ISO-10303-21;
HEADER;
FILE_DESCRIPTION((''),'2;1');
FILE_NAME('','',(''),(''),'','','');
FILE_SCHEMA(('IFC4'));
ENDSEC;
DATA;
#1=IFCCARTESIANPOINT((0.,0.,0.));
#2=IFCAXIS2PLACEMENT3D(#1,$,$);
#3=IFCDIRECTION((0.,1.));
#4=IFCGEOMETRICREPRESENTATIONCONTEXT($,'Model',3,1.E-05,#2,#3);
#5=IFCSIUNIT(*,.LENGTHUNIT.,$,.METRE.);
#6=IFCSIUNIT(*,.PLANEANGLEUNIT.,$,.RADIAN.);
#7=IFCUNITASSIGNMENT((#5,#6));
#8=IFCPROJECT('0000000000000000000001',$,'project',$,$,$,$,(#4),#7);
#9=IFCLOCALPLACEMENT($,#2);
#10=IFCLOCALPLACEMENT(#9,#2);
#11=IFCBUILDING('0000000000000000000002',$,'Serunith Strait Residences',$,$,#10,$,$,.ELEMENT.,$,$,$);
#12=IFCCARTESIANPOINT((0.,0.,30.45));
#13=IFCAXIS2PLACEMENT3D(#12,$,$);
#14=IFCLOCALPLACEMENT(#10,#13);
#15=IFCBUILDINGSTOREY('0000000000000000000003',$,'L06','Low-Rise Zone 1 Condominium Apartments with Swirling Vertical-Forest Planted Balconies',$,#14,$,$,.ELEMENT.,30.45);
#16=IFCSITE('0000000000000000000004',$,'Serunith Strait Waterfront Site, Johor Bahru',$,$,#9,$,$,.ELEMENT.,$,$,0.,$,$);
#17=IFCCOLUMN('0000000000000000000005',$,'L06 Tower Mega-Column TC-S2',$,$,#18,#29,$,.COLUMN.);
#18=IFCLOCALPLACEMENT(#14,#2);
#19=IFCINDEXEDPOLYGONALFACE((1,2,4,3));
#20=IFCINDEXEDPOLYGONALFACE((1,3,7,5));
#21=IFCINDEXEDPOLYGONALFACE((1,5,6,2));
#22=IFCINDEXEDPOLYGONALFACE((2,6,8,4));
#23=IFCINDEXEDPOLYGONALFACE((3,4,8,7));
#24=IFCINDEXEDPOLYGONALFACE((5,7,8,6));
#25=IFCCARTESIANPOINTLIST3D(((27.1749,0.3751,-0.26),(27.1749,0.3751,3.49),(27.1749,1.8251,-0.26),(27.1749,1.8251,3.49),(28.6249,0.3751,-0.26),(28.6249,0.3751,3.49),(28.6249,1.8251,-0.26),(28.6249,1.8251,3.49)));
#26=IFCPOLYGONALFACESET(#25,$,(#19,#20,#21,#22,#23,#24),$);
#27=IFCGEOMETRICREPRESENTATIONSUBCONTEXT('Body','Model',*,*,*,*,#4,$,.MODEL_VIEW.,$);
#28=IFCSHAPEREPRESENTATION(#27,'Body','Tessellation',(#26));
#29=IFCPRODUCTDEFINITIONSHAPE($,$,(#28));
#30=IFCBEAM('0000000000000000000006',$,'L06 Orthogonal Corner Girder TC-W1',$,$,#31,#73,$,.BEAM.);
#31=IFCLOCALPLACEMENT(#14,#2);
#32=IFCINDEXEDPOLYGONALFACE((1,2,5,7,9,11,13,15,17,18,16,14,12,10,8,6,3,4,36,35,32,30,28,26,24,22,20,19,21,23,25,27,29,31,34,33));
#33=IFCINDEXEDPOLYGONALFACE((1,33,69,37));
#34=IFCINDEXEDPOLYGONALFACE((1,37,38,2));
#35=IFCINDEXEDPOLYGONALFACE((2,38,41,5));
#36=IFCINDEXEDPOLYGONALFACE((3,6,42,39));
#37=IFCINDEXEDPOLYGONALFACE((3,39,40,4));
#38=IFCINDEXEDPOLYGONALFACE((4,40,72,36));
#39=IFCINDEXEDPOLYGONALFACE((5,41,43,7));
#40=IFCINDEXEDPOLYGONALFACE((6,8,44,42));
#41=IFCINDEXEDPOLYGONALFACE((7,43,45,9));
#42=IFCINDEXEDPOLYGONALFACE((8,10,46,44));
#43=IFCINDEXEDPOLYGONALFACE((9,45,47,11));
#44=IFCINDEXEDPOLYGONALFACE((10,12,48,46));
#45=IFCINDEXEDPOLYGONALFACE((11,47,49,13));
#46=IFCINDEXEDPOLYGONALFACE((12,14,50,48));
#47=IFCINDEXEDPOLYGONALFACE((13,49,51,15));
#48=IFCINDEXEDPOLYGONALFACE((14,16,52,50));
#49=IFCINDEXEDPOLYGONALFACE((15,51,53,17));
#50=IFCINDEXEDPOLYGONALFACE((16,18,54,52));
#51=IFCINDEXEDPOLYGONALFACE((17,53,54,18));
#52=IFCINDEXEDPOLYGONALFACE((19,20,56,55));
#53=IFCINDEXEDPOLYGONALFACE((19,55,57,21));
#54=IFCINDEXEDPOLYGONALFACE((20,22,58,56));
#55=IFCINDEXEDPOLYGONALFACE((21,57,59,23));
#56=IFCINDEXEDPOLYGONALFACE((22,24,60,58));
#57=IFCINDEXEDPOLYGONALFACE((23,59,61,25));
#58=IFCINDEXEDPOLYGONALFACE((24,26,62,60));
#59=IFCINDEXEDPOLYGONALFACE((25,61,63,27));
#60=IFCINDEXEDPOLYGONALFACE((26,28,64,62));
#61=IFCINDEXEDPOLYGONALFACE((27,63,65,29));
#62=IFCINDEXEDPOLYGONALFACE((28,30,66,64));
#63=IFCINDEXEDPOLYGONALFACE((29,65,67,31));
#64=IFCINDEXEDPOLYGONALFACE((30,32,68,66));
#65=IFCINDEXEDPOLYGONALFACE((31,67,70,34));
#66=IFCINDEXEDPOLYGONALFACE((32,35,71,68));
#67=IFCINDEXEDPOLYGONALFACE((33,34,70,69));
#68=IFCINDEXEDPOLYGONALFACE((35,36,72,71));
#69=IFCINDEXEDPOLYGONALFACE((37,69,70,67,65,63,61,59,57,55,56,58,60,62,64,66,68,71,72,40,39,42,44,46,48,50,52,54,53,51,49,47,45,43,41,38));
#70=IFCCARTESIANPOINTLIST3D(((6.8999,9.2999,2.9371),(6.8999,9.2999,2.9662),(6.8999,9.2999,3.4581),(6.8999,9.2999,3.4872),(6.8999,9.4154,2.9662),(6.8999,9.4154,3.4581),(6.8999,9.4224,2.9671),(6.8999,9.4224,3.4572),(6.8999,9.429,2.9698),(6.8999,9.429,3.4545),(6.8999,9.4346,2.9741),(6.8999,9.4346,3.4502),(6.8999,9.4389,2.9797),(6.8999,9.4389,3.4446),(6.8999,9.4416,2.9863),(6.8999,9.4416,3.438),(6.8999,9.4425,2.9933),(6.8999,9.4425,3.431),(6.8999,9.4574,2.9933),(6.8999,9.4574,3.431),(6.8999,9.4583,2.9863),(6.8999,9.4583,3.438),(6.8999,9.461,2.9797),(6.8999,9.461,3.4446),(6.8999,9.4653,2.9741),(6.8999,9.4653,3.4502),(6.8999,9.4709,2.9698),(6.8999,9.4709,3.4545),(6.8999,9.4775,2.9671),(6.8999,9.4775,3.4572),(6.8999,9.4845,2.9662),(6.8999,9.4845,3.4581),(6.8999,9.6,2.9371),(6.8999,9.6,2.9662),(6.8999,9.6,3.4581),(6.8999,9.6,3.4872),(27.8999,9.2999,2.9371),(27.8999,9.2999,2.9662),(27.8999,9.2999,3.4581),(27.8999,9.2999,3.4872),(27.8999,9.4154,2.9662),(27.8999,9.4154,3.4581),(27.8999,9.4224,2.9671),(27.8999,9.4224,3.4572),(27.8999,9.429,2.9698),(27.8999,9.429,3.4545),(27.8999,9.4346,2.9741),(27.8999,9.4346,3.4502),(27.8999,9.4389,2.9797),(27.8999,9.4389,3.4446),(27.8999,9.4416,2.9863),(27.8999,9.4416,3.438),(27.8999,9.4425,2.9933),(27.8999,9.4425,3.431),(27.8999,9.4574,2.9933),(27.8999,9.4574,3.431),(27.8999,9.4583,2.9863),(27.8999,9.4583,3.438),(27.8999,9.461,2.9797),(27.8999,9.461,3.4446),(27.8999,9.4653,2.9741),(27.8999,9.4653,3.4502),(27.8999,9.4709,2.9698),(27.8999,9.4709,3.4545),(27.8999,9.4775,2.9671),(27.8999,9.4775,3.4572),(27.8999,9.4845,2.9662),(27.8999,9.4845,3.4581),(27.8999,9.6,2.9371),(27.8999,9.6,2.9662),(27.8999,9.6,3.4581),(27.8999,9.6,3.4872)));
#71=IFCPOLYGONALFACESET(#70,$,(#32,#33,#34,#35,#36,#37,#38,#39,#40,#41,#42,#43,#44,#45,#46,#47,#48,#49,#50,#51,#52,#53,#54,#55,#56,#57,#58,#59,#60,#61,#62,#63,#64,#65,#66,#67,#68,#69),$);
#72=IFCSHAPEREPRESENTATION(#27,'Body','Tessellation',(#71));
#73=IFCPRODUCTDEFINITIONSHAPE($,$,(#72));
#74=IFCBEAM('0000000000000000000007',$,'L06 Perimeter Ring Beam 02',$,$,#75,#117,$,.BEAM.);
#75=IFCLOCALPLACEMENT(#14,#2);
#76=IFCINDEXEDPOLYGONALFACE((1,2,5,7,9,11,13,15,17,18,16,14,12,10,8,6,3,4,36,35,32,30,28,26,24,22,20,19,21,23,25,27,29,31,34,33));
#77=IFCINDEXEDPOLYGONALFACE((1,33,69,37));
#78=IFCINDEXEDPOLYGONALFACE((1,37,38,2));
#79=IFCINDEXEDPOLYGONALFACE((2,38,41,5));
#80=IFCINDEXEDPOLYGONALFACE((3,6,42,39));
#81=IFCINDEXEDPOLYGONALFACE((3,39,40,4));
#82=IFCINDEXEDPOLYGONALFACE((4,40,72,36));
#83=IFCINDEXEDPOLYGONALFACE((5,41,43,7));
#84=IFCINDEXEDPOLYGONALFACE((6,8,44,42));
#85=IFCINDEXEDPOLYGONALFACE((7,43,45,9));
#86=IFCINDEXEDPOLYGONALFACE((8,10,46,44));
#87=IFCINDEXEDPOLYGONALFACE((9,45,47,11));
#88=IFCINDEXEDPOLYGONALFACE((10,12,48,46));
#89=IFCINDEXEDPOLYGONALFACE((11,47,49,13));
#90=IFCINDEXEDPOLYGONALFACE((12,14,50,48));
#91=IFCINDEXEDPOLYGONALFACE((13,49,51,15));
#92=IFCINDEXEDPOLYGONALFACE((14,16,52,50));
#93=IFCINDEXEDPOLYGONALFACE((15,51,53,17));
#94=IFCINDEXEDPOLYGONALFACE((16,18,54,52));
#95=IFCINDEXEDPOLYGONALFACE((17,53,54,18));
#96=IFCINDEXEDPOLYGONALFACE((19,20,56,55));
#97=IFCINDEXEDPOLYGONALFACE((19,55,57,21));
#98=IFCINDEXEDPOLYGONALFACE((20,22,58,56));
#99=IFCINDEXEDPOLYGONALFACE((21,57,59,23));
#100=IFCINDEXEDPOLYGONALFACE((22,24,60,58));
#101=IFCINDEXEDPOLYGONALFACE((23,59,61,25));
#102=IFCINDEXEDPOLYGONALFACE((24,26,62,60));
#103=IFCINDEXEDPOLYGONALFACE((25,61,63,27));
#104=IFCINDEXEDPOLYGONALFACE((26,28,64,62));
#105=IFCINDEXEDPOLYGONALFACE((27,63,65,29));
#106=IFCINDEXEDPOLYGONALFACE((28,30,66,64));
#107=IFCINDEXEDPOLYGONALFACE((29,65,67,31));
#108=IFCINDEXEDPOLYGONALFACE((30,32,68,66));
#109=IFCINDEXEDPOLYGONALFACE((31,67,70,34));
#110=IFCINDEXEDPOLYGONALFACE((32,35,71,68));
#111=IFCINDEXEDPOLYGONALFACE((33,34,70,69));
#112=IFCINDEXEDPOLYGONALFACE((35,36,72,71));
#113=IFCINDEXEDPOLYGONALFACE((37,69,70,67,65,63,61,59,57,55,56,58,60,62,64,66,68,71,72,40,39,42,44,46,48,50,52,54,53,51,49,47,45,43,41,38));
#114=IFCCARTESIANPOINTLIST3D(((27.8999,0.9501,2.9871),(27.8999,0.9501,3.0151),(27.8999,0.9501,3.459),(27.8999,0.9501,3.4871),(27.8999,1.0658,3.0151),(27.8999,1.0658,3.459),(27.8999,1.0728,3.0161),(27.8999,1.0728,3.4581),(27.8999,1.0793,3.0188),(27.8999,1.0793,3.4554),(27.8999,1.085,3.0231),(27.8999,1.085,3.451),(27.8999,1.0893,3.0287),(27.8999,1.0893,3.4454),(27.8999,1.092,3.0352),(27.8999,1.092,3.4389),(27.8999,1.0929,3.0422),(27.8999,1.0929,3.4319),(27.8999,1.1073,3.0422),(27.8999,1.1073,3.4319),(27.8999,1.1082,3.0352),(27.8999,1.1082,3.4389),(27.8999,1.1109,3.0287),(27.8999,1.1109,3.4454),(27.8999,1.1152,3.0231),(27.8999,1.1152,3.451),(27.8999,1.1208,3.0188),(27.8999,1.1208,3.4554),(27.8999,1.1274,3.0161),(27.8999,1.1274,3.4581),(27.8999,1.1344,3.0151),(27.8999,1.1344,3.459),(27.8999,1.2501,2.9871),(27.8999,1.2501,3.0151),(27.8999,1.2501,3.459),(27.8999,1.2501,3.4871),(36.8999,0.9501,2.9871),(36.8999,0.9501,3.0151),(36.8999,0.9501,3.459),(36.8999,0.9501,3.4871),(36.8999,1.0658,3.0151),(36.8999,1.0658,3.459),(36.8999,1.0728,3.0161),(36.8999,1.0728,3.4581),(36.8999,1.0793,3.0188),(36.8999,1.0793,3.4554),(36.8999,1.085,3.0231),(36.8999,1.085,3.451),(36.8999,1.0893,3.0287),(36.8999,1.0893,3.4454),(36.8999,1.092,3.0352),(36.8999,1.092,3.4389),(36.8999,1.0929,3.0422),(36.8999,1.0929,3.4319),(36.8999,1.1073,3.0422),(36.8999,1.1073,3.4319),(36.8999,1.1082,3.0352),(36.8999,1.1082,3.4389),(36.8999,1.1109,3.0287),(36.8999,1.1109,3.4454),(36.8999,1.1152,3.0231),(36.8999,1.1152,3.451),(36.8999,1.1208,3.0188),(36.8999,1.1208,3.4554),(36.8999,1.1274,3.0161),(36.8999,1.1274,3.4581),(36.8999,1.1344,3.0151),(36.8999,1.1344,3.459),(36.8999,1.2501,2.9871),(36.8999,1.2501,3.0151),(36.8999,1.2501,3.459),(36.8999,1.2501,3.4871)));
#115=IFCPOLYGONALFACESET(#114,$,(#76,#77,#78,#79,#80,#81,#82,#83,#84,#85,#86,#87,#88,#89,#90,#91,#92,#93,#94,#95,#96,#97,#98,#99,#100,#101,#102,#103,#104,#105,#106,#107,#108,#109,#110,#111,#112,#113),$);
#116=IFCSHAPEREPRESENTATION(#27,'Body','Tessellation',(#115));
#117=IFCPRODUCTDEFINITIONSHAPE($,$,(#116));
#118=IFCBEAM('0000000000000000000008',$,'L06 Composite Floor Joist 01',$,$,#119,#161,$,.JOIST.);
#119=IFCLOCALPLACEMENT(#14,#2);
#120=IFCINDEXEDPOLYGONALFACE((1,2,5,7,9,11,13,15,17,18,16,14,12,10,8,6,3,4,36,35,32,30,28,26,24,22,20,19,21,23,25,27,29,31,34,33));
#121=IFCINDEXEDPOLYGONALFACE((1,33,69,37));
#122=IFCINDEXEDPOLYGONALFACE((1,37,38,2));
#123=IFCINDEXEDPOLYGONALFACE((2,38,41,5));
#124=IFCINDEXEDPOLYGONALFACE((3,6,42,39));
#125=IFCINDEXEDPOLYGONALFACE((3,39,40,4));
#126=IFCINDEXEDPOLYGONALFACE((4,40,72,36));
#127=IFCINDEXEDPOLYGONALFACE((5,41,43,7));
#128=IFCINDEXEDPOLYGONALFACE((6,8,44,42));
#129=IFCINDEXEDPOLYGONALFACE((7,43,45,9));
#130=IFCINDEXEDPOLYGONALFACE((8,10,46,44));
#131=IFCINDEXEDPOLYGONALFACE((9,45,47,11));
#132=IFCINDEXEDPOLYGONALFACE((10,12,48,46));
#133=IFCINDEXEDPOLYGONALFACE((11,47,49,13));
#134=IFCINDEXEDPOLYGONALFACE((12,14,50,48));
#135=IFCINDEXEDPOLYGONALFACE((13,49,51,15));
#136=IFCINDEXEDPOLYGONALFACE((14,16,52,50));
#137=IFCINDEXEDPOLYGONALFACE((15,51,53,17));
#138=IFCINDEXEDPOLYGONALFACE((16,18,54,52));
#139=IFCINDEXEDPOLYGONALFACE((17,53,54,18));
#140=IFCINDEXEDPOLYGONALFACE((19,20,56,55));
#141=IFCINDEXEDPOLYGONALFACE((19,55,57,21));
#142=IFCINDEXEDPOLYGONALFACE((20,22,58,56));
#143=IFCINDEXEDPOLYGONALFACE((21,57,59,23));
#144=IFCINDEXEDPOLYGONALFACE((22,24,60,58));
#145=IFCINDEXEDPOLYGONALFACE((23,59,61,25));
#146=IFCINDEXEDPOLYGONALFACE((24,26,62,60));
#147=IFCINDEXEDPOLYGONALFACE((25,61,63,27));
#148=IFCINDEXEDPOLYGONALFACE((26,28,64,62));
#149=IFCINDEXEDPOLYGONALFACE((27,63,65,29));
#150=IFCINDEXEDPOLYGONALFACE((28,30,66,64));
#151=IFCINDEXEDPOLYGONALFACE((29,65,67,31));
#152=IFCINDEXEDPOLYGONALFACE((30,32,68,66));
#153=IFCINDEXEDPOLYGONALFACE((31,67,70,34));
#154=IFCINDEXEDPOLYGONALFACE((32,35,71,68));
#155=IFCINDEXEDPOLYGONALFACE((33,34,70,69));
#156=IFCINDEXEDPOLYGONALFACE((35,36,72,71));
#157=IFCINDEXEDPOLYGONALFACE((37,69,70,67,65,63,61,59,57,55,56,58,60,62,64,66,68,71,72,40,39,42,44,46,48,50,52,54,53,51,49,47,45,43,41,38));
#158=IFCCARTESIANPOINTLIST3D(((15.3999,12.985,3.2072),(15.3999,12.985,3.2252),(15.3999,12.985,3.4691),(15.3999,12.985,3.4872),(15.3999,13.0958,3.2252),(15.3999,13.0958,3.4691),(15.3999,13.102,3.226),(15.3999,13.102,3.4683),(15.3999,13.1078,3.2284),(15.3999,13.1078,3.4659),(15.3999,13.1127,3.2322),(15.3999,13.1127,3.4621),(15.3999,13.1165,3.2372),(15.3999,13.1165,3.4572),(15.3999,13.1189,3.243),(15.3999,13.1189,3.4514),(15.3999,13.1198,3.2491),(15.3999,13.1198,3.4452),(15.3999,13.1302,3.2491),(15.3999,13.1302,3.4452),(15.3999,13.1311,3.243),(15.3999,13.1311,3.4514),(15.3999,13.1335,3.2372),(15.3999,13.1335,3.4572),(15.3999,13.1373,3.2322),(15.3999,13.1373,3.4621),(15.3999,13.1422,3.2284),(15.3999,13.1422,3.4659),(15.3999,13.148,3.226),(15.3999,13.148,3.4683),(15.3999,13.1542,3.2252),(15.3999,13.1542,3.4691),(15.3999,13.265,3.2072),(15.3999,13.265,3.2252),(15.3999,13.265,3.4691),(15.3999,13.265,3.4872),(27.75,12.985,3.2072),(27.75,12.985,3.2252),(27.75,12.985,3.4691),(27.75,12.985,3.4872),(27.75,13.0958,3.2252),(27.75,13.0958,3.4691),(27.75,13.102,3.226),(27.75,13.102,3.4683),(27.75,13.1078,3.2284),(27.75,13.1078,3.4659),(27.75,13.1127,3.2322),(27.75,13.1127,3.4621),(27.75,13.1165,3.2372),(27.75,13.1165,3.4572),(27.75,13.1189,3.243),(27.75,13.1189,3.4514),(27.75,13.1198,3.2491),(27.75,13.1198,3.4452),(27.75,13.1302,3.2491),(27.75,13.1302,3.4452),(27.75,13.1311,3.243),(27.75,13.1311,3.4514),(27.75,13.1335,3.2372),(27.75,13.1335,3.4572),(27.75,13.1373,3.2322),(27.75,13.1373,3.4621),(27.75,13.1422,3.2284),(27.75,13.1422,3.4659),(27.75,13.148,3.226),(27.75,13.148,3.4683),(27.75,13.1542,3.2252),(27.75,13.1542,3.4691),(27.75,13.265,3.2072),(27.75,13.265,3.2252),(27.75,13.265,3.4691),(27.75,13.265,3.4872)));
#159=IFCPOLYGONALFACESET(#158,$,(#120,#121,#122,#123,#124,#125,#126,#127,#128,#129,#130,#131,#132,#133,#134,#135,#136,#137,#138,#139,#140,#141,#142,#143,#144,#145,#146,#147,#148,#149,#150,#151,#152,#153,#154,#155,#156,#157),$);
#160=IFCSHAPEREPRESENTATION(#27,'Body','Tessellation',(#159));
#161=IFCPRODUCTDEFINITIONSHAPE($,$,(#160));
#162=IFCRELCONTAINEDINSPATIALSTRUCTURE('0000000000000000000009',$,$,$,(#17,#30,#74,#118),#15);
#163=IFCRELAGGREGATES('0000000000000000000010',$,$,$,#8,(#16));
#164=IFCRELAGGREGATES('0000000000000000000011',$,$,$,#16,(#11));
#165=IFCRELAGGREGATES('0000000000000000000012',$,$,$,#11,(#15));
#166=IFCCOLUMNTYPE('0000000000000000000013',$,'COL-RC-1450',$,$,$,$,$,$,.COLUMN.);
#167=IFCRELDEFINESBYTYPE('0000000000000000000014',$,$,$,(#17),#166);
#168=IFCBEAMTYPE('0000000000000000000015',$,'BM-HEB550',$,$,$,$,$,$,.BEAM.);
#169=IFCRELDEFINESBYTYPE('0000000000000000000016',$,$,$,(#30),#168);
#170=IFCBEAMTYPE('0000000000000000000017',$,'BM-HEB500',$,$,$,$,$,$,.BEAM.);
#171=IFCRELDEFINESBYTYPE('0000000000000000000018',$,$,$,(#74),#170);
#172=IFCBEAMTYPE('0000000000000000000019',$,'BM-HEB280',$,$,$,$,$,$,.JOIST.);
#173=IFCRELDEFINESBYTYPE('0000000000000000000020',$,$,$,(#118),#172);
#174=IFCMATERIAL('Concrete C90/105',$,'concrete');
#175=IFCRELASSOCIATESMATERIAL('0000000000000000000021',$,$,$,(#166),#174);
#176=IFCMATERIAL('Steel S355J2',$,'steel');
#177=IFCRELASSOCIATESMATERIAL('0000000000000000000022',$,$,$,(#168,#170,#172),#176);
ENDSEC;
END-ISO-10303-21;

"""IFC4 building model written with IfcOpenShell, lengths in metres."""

from ifc_helpers import new_model, si_unit, direction, frame, origin, origin_2d, place, context, subcontext, project, spatial, rectangle, i_section, extrude, source, transform, mapped, material, material_profile, profile_set, type_object, element, save


model = new_model("IFC4")

# Units and contexts
model_context = context("Model", 3, precision=1e-05, world=origin(), true_north=direction((0.0, 1.0)))
body_context = subcontext(model_context, "Body", "Model", "MODEL_VIEW")
ifc_project = project(units=[si_unit("LENGTHUNIT", "METRE"), si_unit("PLANEANGLEUNIT", "RADIAN")], contexts=[model_context])

# Site, building, storey
site_placement = place(None, origin())
site = spatial("IfcSite", under=ifc_project, at=site_placement, Name="Serunith Strait Waterfront Site, Johor Bahru", CompositionType="ELEMENT", RefElevation=0.0)
building_placement = place(site_placement, origin())
building = spatial("IfcBuilding", under=site, at=building_placement, Name="Serunith Strait Residences", CompositionType="ELEMENT")
storey_placement = place(building_placement, frame((0.0, 0.0, 30.45)))
storey = spatial("IfcBuildingStorey", under=building, at=storey_placement, Name="L06", Description="Low-Rise Zone 1 Condominium Apartments with Swirling Vertical-Forest Planted Balconies", CompositionType="ELEMENT", Elevation=30.45)

# Column
ifc_material_1 = material(Name="Concrete C90/105", Category="concrete")
ifc_material_profile_1 = material_profile(ifc_material_1, rectangle(XDim=1.45, YDim=1.45, at=origin_2d()), Name="RC 1450x1450")
ifc_profile_set_1 = profile_set([ifc_material_profile_1], Name="Concrete C90/105")
column_type = type_object("IfcColumnType", Name="COL-RC-1450", PredefinedType="COLUMN", material=ifc_profile_set_1)
shared_shape_1 = source(origin(), body_context, "Body", "SweptSolid", [
    extrude(rectangle(XDim=1.45, YDim=1.45, at=origin_2d()), origin(), (0.0, 0.0, 1.0), 3.75),
])
column_placement = place(storey_placement, frame((27.8999, 1.1001, -0.26), z_axis=(0.0, 0.0, 1.0), x_axis=(1.0, 0.0, 0.0)))
element("IfcColumn", 1, at=column_placement, inside=storey, type_object=column_type, Name="L06 Tower Mega-Column TC-S2", PredefinedType="COLUMN", context=body_context, shape_type="MappedRepresentation", body=[
    mapped(shared_shape_1, transform((0.0, 0.0, 0.0), scale=1.0)),
])

# Beams
ifc_material_2 = material(Name="Steel S355J2", Category="steel")
ifc_material_profile_2 = material_profile(ifc_material_2, i_section(OverallWidth=0.3, OverallDepth=0.55, WebThickness=0.0149, FlangeThickness=0.0291, FilletRadius=0.0271, at=origin_2d()), Name="HEB 550")
ifc_profile_set_2 = profile_set([ifc_material_profile_2], Name="Steel S355J2")
beam_type_1 = type_object("IfcBeamType", Name="BM-HEB550", PredefinedType="BEAM", material=ifc_profile_set_2)
shared_shape_2 = source(origin(), body_context, "Body", "SweptSolid", [
    extrude(i_section(OverallWidth=0.3, OverallDepth=0.55, WebThickness=0.0149, FlangeThickness=0.0291, FilletRadius=0.0271, at=origin_2d()), origin(), (0.0, 0.0, 1.0), 21.0),
])
beam_1_placement = place(storey_placement, frame((27.8999, 9.45, 3.2122), z_axis=(-1.0, 0.0, 0.0), x_axis=(0.0, -1.0, 0.0)))
element("IfcBeam", 2, at=beam_1_placement, inside=storey, type_object=beam_type_1, Name="L06 Orthogonal Corner Girder TC-W1", PredefinedType="BEAM", context=body_context, shape_type="MappedRepresentation", body=[
    mapped(shared_shape_2, transform((0.0, 0.0, 0.0), scale=1.0)),
])
ifc_material_profile_3 = material_profile(ifc_material_2, i_section(OverallWidth=0.3, OverallDepth=0.5, WebThickness=0.0144, FlangeThickness=0.0281, FilletRadius=0.0271, at=origin_2d()), Name="HEB 500")
ifc_profile_set_3 = profile_set([ifc_material_profile_3], Name="Steel S355J2")
beam_type_2 = type_object("IfcBeamType", Name="BM-HEB500", PredefinedType="BEAM", material=ifc_profile_set_3)
shared_shape_3 = source(origin(), body_context, "Body", "SweptSolid", [
    extrude(i_section(OverallWidth=0.3, OverallDepth=0.5, WebThickness=0.0144, FlangeThickness=0.0281, FilletRadius=0.0271, at=origin_2d()), origin(), (0.0, 0.0, 1.0), 9.0),
])
beam_2_placement = place(storey_placement, frame((27.8999, 1.1001, 3.2371), z_axis=(1.0, 0.0, 0.0), x_axis=(0.0, 1.0, 0.0)))
element("IfcBeam", 3, at=beam_2_placement, inside=storey, type_object=beam_type_2, Name="L06 Perimeter Ring Beam 02", PredefinedType="BEAM", context=body_context, shape_type="MappedRepresentation", body=[
    mapped(shared_shape_3, transform((0.0, 0.0, 0.0), scale=1.0)),
])
ifc_material_profile_4 = material_profile(ifc_material_2, i_section(OverallWidth=0.28, OverallDepth=0.28, WebThickness=0.0105, FlangeThickness=0.0181, FilletRadius=0.0239, at=origin_2d()), Name="HEB 280")
ifc_profile_set_4 = profile_set([ifc_material_profile_4], Name="Steel S355J2")
beam_type_3 = type_object("IfcBeamType", Name="BM-HEB280", PredefinedType="JOIST", material=ifc_profile_set_4)
shared_shape_4 = source(origin(), body_context, "Body", "SweptSolid", [
    extrude(i_section(OverallWidth=0.28, OverallDepth=0.28, WebThickness=0.0105, FlangeThickness=0.0181, FilletRadius=0.0239, at=origin_2d()), origin(), (0.0, 0.0, 1.0), 12.3501),
])
beam_3_placement = place(storey_placement, frame((15.3999, 13.125, 3.3472), z_axis=(1.0, 0.0, 0.0), x_axis=(0.0, 1.0, 0.0)))
element("IfcBeam", 4, at=beam_3_placement, inside=storey, type_object=beam_type_3, Name="L06 Composite Floor Joist 01", PredefinedType="JOIST", context=body_context, shape_type="MappedRepresentation", body=[
    mapped(shared_shape_4, transform((0.0, 0.0, 0.0), scale=1.0)),
])

save(model, "model.ifc")
